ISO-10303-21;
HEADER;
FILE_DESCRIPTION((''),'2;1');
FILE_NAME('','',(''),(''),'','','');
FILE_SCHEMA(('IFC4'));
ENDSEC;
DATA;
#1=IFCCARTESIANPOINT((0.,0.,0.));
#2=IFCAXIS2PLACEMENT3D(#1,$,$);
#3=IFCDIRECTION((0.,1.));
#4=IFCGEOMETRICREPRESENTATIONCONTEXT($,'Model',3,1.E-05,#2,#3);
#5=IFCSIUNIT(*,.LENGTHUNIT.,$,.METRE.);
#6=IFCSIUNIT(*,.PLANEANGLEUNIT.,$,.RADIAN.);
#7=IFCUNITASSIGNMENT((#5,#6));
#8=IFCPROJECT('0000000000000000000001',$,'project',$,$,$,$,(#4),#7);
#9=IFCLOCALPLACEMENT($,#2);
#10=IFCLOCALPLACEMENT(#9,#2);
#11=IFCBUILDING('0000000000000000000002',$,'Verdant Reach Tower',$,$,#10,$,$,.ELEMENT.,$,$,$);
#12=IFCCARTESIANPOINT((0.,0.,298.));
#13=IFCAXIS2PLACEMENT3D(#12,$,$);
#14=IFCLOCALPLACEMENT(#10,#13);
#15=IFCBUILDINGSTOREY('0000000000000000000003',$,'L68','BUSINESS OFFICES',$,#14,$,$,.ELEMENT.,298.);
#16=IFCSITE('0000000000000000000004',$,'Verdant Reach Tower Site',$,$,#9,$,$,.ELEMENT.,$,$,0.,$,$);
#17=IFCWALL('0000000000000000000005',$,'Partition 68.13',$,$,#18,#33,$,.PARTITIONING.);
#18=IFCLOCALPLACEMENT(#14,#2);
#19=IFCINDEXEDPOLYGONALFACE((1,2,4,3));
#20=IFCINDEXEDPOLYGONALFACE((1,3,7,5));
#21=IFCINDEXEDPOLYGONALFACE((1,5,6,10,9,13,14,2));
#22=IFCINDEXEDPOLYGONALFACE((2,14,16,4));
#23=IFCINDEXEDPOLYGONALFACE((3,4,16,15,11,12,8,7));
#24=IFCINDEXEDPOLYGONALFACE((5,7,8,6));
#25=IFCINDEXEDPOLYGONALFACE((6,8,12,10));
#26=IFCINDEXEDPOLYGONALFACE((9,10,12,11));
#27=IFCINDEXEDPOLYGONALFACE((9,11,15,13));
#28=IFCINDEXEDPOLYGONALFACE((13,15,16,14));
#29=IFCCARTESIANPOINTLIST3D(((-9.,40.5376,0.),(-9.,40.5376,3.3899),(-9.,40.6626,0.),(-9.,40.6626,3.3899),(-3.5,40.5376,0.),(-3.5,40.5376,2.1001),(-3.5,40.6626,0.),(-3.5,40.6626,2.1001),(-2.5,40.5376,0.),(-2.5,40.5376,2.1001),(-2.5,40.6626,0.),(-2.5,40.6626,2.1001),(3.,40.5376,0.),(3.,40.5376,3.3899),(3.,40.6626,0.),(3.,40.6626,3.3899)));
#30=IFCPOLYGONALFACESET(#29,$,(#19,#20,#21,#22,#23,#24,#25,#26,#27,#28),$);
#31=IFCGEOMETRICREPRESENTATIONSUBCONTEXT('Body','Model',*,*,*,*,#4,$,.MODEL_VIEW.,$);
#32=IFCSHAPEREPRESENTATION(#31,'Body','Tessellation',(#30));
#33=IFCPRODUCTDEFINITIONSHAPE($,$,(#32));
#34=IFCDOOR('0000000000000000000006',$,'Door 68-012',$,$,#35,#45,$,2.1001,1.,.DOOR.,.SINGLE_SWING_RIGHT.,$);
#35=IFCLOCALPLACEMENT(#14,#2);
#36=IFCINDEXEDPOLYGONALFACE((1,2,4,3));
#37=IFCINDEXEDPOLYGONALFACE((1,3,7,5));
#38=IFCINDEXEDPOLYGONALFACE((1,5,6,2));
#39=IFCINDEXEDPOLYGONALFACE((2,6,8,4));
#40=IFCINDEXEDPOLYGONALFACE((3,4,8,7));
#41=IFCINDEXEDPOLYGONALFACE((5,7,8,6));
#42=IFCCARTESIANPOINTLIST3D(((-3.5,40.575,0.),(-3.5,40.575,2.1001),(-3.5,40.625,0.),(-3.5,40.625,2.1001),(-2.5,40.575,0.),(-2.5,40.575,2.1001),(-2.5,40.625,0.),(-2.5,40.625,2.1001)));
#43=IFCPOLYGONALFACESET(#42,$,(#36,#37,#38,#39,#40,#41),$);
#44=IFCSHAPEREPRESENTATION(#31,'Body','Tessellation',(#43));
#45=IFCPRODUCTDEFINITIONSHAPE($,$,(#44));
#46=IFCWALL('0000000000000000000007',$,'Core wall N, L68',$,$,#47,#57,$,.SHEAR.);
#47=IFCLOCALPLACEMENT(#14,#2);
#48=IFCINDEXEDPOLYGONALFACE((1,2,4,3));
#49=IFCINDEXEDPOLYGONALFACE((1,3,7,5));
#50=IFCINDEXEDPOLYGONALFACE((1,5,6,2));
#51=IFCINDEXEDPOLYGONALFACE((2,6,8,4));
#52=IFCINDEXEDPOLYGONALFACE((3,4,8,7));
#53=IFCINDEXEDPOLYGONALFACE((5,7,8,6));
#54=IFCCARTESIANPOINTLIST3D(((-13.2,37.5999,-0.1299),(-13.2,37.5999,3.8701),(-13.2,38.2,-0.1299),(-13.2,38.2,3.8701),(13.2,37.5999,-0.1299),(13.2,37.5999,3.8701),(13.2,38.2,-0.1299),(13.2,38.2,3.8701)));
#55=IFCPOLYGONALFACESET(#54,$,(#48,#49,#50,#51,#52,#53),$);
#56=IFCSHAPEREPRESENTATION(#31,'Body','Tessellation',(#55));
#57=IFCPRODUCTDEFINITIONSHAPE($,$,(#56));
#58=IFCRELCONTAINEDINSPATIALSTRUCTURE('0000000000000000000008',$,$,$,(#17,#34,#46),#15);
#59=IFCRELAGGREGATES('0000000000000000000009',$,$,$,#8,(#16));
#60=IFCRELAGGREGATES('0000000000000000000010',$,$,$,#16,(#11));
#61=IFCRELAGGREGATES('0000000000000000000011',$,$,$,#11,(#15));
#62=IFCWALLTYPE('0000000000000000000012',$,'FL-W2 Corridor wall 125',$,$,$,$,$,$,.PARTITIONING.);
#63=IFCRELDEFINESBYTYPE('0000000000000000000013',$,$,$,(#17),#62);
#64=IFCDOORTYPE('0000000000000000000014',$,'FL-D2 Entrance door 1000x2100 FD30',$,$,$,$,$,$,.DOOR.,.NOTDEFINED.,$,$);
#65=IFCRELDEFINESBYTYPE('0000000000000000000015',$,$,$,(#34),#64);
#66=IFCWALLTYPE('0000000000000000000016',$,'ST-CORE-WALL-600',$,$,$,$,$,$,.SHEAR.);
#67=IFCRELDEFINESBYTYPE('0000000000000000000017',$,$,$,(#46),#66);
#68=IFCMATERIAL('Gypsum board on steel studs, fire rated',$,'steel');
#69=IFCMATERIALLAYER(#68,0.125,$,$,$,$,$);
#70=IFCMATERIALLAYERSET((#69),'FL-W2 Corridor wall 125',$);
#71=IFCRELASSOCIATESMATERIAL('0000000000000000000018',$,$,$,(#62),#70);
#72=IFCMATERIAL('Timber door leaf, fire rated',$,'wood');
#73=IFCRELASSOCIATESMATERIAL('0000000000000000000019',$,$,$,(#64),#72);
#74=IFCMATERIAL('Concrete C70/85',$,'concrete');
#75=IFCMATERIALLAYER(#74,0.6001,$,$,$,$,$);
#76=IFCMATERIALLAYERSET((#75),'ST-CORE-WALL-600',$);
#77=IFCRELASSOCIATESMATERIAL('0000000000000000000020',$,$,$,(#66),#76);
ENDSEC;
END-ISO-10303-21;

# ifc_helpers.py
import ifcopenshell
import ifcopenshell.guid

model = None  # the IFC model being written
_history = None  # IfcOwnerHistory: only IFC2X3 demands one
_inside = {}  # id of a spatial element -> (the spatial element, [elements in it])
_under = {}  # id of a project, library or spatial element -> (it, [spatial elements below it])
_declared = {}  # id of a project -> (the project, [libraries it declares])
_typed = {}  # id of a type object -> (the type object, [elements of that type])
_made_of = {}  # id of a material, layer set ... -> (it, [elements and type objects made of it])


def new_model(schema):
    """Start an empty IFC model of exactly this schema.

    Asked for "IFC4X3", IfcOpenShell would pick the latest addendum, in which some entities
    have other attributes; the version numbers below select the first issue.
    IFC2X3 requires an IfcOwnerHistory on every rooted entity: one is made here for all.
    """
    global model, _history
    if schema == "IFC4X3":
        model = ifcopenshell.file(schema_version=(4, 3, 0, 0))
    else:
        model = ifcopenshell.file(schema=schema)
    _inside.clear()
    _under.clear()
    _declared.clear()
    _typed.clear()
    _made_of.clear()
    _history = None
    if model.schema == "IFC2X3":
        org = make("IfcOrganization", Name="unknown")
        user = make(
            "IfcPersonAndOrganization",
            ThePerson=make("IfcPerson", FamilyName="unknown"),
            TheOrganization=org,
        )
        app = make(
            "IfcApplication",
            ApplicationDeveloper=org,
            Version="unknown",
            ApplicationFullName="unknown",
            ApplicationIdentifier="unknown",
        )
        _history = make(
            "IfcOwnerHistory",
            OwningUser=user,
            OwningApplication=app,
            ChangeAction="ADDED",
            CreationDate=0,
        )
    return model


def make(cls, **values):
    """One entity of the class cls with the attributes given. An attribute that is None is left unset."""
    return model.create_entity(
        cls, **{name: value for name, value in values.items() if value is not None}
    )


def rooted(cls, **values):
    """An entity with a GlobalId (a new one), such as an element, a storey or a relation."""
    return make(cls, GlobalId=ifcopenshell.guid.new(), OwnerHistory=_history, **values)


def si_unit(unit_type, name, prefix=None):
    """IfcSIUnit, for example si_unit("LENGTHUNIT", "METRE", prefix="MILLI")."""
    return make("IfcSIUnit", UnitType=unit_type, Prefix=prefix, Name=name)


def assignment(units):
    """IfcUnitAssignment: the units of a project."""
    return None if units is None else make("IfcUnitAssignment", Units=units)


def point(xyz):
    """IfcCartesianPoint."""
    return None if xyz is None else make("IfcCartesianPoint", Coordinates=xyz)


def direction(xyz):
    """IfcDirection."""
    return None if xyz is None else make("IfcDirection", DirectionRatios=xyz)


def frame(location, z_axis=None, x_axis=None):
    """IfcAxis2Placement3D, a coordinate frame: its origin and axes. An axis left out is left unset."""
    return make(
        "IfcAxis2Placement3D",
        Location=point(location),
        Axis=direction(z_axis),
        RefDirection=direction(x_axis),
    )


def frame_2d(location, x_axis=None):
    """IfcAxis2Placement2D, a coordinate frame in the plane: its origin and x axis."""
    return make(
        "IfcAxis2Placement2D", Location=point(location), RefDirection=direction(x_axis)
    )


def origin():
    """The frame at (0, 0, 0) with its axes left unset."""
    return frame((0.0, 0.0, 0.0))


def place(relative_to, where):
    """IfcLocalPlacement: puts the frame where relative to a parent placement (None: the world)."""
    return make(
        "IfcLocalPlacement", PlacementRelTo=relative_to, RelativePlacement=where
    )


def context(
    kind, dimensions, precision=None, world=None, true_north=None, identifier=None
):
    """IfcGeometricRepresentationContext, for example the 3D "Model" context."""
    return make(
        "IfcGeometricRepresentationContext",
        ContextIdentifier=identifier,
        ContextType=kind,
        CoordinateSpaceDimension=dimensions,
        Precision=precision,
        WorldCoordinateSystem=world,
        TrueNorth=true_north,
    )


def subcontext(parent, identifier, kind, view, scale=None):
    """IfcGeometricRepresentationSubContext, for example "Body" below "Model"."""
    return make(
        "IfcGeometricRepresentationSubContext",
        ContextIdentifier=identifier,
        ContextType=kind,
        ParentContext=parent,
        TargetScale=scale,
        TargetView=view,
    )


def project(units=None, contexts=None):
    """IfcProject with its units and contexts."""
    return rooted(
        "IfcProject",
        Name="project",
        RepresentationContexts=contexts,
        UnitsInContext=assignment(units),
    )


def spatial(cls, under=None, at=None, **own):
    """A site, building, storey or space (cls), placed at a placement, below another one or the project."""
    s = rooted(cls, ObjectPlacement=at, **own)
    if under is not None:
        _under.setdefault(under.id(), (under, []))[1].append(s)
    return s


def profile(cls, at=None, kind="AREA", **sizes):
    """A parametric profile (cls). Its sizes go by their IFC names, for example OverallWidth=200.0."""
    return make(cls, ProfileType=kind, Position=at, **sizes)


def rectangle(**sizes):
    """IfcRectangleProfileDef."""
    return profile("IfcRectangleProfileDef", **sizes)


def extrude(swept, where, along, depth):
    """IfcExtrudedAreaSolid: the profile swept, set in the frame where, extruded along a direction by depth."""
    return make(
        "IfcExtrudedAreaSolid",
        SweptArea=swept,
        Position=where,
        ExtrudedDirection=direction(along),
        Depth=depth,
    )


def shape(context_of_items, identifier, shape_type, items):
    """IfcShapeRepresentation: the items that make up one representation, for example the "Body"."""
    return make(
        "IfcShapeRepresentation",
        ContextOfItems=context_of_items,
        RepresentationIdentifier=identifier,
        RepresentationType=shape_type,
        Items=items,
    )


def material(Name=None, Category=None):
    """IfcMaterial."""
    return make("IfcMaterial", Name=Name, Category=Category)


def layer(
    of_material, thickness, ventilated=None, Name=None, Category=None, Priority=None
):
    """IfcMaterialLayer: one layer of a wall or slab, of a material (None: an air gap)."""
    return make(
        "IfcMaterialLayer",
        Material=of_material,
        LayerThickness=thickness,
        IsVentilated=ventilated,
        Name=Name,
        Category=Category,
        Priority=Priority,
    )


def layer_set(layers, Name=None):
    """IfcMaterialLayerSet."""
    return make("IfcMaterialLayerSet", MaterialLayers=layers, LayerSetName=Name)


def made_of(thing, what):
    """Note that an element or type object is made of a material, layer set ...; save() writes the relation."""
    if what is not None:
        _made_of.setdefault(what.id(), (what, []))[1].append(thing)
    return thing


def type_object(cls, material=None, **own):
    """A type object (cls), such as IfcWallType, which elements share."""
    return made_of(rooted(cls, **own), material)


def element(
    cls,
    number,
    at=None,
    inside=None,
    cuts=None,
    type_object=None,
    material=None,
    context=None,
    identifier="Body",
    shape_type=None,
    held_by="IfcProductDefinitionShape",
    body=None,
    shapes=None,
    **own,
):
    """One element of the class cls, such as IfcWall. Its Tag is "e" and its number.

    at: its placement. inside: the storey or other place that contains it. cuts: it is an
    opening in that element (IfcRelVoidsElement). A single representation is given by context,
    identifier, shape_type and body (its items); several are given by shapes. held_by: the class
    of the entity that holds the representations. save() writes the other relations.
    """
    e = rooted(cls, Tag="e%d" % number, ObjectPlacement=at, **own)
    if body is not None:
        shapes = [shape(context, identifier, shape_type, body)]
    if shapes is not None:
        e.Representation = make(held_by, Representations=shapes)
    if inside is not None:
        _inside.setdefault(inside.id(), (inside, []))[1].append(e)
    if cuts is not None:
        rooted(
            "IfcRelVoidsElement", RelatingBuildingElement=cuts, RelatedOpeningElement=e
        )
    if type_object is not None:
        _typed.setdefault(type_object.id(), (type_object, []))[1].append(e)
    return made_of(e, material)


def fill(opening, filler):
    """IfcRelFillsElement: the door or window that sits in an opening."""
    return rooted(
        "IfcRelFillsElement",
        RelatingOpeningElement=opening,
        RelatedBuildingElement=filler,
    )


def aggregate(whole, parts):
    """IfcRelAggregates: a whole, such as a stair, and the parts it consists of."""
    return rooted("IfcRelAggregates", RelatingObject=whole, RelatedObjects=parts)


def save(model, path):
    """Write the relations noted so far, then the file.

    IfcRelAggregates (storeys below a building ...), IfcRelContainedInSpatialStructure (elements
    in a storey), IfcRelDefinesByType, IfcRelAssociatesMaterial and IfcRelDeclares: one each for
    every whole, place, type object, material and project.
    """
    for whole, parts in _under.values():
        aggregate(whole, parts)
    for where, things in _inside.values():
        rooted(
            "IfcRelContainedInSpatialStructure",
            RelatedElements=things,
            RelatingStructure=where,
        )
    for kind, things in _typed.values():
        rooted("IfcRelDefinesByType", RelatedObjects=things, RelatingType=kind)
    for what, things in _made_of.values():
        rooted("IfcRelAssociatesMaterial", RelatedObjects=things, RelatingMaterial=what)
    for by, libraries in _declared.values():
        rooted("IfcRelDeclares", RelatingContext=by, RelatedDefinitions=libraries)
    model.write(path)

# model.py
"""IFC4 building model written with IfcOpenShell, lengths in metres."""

from ifc_helpers import new_model, si_unit, direction, frame, frame_2d, origin, place, context, subcontext, project, spatial, rectangle, extrude, material, layer, layer_set, type_object, element, fill, save


model = new_model("IFC4")

# Units and contexts
model_context = context("Model", 3, precision=1e-05, world=origin(), true_north=direction((0.0, 1.0)))
body_context = subcontext(model_context, "Body", "Model", "MODEL_VIEW")
ifc_project = project(units=[si_unit("LENGTHUNIT", "METRE"), si_unit("PLANEANGLEUNIT", "RADIAN")], contexts=[model_context])

# Site, building, storey
site_placement = place(None, origin())
site = spatial("IfcSite", under=ifc_project, at=site_placement, Name="Verdant Reach Tower Site", CompositionType="ELEMENT", RefElevation=0.0)
building_placement = place(site_placement, origin())
building = spatial("IfcBuilding", under=site, at=building_placement, Name="Verdant Reach Tower", CompositionType="ELEMENT")
storey_placement = place(building_placement, frame((0.0, 0.0, 298.0)))
storey = spatial("IfcBuildingStorey", under=building, at=storey_placement, Name="L68", Description="BUSINESS OFFICES", CompositionType="ELEMENT", Elevation=298.0)

# Shared definitions
ifc_material_1 = material(Name="Gypsum board on steel studs, fire rated", Category="steel")
ifc_layer_1 = layer(ifc_material_1, 0.125)
ifc_layer_set_1 = layer_set([ifc_layer_1], Name="FL-W2 Corridor wall 125")
wall_type_1 = type_object("IfcWallType", Name="FL-W2 Corridor wall 125", PredefinedType="PARTITIONING", material=ifc_layer_set_1)

# Wall, opening, door
wall_1_placement = place(storey_placement, frame((-9.0, 40.6001, 0.0), z_axis=(0.0, 0.0, 1.0), x_axis=(1.0, 0.0, 0.0)))
wall_1 = element("IfcWall", 1, at=wall_1_placement, inside=storey, type_object=wall_type_1, Name="Partition 68.13", PredefinedType="PARTITIONING", context=body_context, shape_type="SweptSolid", body=[
    extrude(rectangle(XDim=12.0, YDim=0.125, at=frame_2d((6.0, 0.0))), origin(), (0.0, 0.0, 1.0), 3.3899),
])
opening_1_placement = place(wall_1_placement, frame((5.5, 0.0, 0.0)))
opening_1 = element("IfcOpeningElement", 2, at=opening_1_placement, cuts=wall_1, PredefinedType="OPENING", context=body_context, shape_type="SweptSolid", body=[
    extrude(rectangle(XDim=1.0, YDim=2.1001, at=frame_2d((0.5, 1.05))), frame((0.0, 0.0725, 0.0), z_axis=(0.0, -1.0, 0.0), x_axis=(1.0, 0.0, 0.0)), (0.0, 0.0, 1.0), 0.145),
])
ifc_material_2 = material(Name="Timber door leaf, fire rated", Category="wood")
door_type_1 = type_object("IfcDoorType", Name="FL-D2 Entrance door 1000x2100 FD30", OperationType="NOTDEFINED", PredefinedType="DOOR", material=ifc_material_2)
door_1_placement = place(opening_1_placement, origin())
door_1 = element("IfcDoor", 3, at=door_1_placement, inside=storey, type_object=door_type_1, Name="Door 68-012", OperationType="SINGLE_SWING_RIGHT", OverallHeight=2.1001, OverallWidth=1.0, PredefinedType="DOOR", context=body_context, shape_type="SweptSolid", body=[
    extrude(rectangle(XDim=1.0, YDim=2.1001, at=frame_2d((0.5, 1.05))), frame((0.0, 0.0249, 0.0), z_axis=(0.0, -1.0, 0.0), x_axis=(1.0, 0.0, 0.0)), (0.0, 0.0, 1.0), 0.05),
])
fill(opening_1, door_1)

# Wall
ifc_material_3 = material(Name="Concrete C70/85", Category="concrete")
ifc_layer_2 = layer(ifc_material_3, 0.6001)
ifc_layer_set_2 = layer_set([ifc_layer_2], Name="ST-CORE-WALL-600")
wall_type_2 = type_object("IfcWallType", Name="ST-CORE-WALL-600", PredefinedType="SHEAR", material=ifc_layer_set_2)
wall_2_placement = place(storey_placement, frame((-13.2, 37.8999, -0.1299), z_axis=(0.0, 0.0, 1.0), x_axis=(1.0, 0.0, 0.0)))
element("IfcWall", 4, at=wall_2_placement, inside=storey, type_object=wall_type_2, Name="Core wall N, L68", PredefinedType="SHEAR", context=body_context, shape_type="SweptSolid", body=[
    extrude(rectangle(XDim=26.3999, YDim=0.6001, at=frame_2d((13.2, 0.0))), origin(), (0.0, 0.0, 1.0), 4.0),
])

save(model, "model.ifc")
